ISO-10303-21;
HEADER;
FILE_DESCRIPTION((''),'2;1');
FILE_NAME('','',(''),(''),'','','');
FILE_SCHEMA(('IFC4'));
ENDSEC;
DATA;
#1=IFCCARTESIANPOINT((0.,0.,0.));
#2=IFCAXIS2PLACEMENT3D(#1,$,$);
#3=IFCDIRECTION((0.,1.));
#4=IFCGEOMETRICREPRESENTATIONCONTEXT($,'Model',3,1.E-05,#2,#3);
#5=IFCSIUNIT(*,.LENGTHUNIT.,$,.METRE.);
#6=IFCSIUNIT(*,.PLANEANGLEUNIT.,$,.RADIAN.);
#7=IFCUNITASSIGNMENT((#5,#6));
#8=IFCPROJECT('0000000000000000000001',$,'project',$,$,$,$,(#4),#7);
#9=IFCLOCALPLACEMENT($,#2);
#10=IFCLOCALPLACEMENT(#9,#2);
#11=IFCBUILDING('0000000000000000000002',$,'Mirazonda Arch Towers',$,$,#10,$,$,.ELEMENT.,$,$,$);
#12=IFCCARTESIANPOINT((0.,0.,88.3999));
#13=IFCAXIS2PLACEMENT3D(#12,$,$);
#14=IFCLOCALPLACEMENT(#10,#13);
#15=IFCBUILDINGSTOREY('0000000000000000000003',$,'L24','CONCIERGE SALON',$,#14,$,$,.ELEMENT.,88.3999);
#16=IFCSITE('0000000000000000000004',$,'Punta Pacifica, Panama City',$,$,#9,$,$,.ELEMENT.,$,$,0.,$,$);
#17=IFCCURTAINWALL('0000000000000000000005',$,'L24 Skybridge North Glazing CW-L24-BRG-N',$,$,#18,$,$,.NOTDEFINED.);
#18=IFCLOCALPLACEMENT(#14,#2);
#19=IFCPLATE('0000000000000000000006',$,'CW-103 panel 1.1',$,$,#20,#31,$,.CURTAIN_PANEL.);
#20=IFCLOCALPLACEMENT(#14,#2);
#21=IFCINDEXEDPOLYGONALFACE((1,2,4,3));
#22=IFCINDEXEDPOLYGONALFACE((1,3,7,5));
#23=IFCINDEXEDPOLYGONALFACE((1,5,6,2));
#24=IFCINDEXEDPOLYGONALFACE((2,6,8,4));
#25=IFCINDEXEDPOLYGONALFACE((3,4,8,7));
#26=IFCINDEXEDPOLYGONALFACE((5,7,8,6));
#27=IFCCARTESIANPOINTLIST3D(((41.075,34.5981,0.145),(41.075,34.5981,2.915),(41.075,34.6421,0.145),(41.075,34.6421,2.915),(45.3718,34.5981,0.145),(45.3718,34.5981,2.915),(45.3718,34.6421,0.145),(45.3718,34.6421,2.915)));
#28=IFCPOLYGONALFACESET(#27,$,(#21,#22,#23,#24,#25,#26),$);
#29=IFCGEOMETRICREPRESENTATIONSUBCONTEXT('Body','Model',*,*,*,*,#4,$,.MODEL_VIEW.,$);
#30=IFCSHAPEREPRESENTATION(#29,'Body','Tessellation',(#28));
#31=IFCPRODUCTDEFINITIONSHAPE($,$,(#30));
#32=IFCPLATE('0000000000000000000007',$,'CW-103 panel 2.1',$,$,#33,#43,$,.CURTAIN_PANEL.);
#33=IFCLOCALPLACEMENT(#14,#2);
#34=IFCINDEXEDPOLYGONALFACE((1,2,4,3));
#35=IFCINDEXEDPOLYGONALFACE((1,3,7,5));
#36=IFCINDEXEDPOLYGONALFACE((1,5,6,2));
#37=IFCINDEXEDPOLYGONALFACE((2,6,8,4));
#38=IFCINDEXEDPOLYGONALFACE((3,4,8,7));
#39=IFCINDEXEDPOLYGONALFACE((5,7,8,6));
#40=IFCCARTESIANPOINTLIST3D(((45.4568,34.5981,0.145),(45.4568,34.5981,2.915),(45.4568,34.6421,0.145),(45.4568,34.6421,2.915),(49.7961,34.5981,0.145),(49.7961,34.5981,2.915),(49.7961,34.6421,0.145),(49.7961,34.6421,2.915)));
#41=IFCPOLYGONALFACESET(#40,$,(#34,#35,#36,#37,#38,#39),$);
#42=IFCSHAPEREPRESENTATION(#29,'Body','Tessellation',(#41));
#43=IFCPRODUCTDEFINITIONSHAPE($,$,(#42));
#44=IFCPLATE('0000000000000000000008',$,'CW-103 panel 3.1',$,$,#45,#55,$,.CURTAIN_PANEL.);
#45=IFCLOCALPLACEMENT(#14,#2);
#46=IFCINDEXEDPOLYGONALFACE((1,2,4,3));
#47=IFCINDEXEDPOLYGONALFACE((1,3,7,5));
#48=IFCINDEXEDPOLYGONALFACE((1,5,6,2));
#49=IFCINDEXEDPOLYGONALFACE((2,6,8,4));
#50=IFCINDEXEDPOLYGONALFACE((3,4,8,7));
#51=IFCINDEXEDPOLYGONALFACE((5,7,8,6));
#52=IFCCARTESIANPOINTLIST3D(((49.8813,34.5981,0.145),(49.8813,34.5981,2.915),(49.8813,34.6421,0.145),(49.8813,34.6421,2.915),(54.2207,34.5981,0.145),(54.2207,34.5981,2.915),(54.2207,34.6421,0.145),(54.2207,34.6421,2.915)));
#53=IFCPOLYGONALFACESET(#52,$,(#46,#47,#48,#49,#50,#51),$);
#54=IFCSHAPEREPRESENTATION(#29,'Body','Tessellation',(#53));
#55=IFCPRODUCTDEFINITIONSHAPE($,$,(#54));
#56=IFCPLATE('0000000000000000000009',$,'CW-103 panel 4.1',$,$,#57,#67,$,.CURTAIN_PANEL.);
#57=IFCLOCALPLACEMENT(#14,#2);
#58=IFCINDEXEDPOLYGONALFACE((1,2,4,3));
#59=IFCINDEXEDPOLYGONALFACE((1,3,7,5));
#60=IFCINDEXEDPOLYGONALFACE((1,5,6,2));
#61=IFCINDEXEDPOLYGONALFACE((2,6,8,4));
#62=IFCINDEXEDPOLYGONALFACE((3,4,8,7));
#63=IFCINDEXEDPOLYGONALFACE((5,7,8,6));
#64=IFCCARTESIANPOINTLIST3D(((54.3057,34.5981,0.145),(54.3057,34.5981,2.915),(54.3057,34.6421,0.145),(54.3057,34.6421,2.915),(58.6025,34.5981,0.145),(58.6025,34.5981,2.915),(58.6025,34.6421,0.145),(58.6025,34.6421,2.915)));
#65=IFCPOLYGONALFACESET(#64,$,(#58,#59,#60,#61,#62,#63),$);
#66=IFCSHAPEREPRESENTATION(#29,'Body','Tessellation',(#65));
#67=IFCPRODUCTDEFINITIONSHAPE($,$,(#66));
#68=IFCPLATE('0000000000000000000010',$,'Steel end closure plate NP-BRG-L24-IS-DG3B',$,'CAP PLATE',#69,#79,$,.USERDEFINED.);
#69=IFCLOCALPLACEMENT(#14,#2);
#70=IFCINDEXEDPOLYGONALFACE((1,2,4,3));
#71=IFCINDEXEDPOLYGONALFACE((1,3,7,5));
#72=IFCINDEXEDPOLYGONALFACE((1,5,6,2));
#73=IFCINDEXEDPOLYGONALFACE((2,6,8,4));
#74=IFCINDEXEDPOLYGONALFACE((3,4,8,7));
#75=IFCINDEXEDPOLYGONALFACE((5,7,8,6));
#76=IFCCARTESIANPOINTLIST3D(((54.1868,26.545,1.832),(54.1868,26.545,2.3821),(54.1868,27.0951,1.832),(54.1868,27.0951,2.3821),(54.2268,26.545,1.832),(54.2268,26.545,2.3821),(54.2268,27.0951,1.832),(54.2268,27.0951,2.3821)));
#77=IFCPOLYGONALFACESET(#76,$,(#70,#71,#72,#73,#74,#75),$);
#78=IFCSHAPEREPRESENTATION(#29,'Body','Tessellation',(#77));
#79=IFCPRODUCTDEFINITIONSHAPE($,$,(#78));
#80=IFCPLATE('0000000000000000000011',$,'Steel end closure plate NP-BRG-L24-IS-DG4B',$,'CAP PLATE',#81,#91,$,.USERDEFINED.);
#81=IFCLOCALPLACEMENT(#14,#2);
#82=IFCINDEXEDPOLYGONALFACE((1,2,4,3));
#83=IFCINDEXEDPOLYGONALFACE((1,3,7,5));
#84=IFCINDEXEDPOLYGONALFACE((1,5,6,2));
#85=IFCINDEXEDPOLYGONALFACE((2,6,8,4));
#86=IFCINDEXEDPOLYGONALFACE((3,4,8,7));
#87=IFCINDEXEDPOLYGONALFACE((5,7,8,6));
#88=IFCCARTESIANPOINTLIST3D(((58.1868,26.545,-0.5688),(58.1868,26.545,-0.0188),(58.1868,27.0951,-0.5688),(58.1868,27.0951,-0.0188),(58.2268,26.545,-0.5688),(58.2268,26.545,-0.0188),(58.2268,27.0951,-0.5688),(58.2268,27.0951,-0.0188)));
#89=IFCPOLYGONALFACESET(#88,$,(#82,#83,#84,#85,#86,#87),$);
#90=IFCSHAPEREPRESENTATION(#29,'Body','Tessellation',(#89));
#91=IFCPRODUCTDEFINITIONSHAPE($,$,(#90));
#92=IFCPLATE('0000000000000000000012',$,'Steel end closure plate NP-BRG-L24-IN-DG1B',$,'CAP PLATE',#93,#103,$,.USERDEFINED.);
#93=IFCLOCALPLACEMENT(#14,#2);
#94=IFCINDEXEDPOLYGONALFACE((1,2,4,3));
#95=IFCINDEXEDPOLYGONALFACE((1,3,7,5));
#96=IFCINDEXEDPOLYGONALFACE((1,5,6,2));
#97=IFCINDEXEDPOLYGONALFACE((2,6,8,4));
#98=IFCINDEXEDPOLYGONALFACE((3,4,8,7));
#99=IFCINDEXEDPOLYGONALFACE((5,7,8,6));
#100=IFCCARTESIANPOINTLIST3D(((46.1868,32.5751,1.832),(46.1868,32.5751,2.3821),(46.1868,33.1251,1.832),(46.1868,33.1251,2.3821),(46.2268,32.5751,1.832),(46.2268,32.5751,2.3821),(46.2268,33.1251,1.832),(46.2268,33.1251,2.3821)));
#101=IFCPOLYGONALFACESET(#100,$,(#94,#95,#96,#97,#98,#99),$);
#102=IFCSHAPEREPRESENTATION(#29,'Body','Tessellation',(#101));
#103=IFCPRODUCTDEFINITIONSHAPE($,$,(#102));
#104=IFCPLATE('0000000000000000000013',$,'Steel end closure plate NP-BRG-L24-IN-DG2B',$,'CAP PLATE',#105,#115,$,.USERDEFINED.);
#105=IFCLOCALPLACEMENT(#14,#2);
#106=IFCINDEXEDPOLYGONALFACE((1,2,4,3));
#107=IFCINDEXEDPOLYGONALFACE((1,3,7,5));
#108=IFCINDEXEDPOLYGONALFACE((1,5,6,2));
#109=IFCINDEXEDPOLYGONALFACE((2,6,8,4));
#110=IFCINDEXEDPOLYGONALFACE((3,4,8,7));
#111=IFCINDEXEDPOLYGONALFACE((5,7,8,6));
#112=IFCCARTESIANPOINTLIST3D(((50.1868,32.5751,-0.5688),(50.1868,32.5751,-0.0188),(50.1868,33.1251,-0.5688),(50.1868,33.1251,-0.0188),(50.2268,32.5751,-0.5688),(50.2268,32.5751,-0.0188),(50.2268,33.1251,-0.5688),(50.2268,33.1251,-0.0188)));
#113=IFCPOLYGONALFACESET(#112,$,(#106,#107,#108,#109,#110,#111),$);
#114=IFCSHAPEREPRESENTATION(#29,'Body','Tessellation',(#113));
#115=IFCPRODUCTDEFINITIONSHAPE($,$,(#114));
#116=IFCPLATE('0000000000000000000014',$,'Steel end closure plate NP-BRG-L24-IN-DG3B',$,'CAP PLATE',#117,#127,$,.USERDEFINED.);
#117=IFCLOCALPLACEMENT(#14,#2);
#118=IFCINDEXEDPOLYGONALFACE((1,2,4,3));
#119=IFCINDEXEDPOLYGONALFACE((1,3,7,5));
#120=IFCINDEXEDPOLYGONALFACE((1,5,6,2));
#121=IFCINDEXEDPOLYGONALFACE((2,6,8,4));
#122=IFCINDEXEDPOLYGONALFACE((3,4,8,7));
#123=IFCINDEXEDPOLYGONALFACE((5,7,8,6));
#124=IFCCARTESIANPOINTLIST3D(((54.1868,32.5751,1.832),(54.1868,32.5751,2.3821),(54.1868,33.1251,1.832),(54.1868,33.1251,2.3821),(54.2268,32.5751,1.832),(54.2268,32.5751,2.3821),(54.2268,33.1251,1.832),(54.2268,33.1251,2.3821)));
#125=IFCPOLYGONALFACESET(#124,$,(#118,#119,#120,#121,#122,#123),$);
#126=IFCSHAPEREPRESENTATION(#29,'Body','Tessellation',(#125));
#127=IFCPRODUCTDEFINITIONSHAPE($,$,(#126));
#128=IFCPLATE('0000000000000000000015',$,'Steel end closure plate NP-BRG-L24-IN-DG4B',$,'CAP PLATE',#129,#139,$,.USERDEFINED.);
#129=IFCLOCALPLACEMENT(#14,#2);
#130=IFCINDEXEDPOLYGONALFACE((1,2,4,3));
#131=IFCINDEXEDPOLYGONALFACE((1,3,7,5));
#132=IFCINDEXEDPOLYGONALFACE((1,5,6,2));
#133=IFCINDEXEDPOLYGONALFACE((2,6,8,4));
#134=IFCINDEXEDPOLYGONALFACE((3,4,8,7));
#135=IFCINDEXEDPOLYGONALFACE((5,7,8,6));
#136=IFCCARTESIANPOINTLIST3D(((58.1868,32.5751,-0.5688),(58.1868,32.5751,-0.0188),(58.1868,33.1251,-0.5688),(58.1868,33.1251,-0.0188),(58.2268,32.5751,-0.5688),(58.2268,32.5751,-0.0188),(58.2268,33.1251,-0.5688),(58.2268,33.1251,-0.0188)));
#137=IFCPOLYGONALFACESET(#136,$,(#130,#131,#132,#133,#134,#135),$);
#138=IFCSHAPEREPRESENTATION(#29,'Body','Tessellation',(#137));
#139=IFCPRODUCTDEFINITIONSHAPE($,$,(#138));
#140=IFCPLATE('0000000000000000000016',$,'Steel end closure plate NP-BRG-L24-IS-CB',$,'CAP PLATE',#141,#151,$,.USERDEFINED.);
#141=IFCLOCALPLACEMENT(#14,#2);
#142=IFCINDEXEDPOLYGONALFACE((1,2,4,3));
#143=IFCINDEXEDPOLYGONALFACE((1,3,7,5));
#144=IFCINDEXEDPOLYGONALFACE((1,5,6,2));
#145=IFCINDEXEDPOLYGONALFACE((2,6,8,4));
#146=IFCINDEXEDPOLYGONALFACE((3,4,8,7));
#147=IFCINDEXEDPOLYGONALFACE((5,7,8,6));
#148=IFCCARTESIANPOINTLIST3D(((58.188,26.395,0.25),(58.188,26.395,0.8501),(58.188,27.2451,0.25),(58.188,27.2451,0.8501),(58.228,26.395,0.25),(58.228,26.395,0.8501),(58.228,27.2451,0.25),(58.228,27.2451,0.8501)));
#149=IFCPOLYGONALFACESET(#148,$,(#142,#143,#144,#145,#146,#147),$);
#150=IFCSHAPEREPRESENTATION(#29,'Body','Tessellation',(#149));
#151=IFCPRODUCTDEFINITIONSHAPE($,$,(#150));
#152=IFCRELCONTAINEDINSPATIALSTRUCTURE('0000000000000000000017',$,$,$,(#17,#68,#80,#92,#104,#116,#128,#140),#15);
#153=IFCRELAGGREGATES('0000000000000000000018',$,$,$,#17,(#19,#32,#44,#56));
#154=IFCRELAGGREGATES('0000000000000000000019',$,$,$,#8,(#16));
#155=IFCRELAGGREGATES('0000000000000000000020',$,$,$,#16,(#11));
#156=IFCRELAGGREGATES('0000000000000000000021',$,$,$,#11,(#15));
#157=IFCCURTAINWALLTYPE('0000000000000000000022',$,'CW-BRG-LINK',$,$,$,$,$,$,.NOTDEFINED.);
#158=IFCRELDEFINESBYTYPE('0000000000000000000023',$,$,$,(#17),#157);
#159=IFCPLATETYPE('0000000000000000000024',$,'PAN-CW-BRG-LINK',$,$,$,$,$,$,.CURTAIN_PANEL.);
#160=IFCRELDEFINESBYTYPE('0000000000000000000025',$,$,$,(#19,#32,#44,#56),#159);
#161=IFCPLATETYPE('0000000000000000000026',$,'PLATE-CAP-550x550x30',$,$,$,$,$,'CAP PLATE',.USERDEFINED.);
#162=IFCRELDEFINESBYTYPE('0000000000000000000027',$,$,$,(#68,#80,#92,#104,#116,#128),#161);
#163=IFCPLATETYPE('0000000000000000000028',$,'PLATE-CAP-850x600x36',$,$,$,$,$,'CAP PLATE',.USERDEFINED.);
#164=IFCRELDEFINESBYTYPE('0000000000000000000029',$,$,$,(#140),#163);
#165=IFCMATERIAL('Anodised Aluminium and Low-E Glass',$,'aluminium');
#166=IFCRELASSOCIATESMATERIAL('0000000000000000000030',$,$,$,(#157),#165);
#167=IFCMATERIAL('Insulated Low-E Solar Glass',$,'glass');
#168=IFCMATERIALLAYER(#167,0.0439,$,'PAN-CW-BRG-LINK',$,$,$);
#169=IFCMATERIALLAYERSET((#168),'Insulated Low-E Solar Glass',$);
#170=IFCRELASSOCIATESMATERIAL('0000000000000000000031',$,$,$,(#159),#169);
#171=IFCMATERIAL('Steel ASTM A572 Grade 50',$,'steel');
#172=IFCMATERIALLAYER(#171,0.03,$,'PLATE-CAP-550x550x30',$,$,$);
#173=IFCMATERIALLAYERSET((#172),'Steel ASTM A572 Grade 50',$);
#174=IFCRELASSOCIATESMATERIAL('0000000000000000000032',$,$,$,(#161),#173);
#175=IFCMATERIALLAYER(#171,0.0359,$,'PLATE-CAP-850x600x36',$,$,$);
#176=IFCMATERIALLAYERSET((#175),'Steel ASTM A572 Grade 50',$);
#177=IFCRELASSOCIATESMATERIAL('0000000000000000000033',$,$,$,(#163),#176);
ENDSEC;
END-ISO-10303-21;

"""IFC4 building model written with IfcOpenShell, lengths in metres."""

from ifc_helpers import new_model, si_unit, direction, frame, origin, origin_2d, place, context, subcontext, project, spatial, rectangle, extrude, material, layer, layer_set, type_object, element, aggregate, save


model = new_model("IFC4")

# Units and contexts
model_context = context("Model", 3, precision=1e-05, world=origin(), true_north=direction((0.0, 1.0)))
body_context = subcontext(model_context, "Body", "Model", "MODEL_VIEW")
ifc_project = project(units=[si_unit("LENGTHUNIT", "METRE"), si_unit("PLANEANGLEUNIT", "RADIAN")], contexts=[model_context])

# Site, building, storey
site_placement = place(None, origin())
site = spatial("IfcSite", under=ifc_project, at=site_placement, Name="Punta Pacifica, Panama City", CompositionType="ELEMENT", RefElevation=0.0)
building_placement = place(site_placement, origin())
building = spatial("IfcBuilding", under=site, at=building_placement, Name="Mirazonda Arch Towers", CompositionType="ELEMENT")
storey_placement = place(building_placement, frame((0.0, 0.0, 88.3999)))
storey = spatial("IfcBuildingStorey", under=building, at=storey_placement, Name="L24", Description="CONCIERGE SALON", CompositionType="ELEMENT", Elevation=88.3999)

# Shared definitions
ifc_material_1 = material(Name="Steel ASTM A572 Grade 50", Category="steel")

# Curtain wall, plates
ifc_material_2 = material(Name="Anodised Aluminium and Low-E Glass", Category="aluminium")
curtain_wall_type = type_object("IfcCurtainWallType", Name="CW-BRG-LINK", PredefinedType="NOTDEFINED", material=ifc_material_2)
curtain_wall_placement = place(storey_placement, origin())
curtain_wall = element("IfcCurtainWall", 1, at=curtain_wall_placement, inside=storey, type_object=curtain_wall_type, Name="L24 Skybridge North Glazing CW-L24-BRG-N", PredefinedType="NOTDEFINED")
ifc_material_3 = material(Name="Insulated Low-E Solar Glass", Category="glass")
ifc_layer_1 = layer(ifc_material_3, 0.0439, Name="PAN-CW-BRG-LINK")
ifc_layer_set_1 = layer_set([ifc_layer_1], Name="Insulated Low-E Solar Glass")
plate_type_1 = type_object("IfcPlateType", Name="PAN-CW-BRG-LINK", PredefinedType="CURTAIN_PANEL", material=ifc_layer_set_1)
plate_1_placement = place(storey_placement, frame((43.2234, 34.6201, 0.145), z_axis=(0.0, 0.0, 1.0), x_axis=(1.0, 0.0, 0.0)))
plate_1 = element("IfcPlate", 2, at=plate_1_placement, type_object=plate_type_1, Name="CW-103 panel 1.1", PredefinedType="CURTAIN_PANEL", context=body_context, shape_type="SweptSolid", body=[
    extrude(rectangle(XDim=4.2969, YDim=0.0439, at=origin_2d()), origin(), (0.0, 0.0, 1.0), 2.77),
])
plate_2_placement = place(storey_placement, frame((47.6265, 34.6201, 0.145), z_axis=(0.0, 0.0, 1.0), x_axis=(1.0, 0.0, 0.0)))
plate_2 = element("IfcPlate", 3, at=plate_2_placement, type_object=plate_type_1, Name="CW-103 panel 2.1", PredefinedType="CURTAIN_PANEL", context=body_context, shape_type="SweptSolid", body=[
    extrude(rectangle(XDim=4.3394, YDim=0.0439, at=origin_2d()), origin(), (0.0, 0.0, 1.0), 2.77),
])
plate_3_placement = place(storey_placement, frame((52.051, 34.6201, 0.145), z_axis=(0.0, 0.0, 1.0), x_axis=(1.0, 0.0, 0.0)))
plate_3 = element("IfcPlate", 4, at=plate_3_placement, type_object=plate_type_1, Name="CW-103 panel 3.1", PredefinedType="CURTAIN_PANEL", context=body_context, shape_type="SweptSolid", body=[
    extrude(rectangle(XDim=4.3394, YDim=0.0439, at=origin_2d()), origin(), (0.0, 0.0, 1.0), 2.77),
])
plate_4_placement = place(storey_placement, frame((56.4541, 34.6201, 0.145), z_axis=(0.0, 0.0, 1.0), x_axis=(1.0, 0.0, 0.0)))
plate_4 = element("IfcPlate", 5, at=plate_4_placement, type_object=plate_type_1, Name="CW-103 panel 4.1", PredefinedType="CURTAIN_PANEL", context=body_context, shape_type="SweptSolid", body=[
    extrude(rectangle(XDim=4.2969, YDim=0.0439, at=origin_2d()), origin(), (0.0, 0.0, 1.0), 2.77),
])
aggregate(curtain_wall, [plate_1, plate_2, plate_3, plate_4])

# Plates
ifc_layer_2 = layer(ifc_material_1, 0.03, Name="PLATE-CAP-550x550x30")
ifc_layer_set_2 = layer_set([ifc_layer_2], Name="Steel ASTM A572 Grade 50")
plate_type_2 = type_object("IfcPlateType", Name="PLATE-CAP-550x550x30", ElementType="CAP PLATE", PredefinedType="USERDEFINED", material=ifc_layer_set_2)
for number, where, z_axis, x_axis, name in (
    (6, (54.2068, 26.8201, 1.832), (0.0, 0.0, 1.0), (1.0, 0.0, 0.0), "Steel end closure plate NP-BRG-L24-IS-DG3B"),
    (7, (58.2068, 26.8201, -0.5688), (0.0, 0.0, 1.0), (1.0, 0.0, 0.0), "Steel end closure plate NP-BRG-L24-IS-DG4B"),
    (8, (46.2068, 32.8501, 1.832), (0.0, 0.0, 1.0), (1.0, 0.0, 0.0), "Steel end closure plate NP-BRG-L24-IN-DG1B"),
    (9, (50.2068, 32.8501, -0.5688), (0.0, 0.0, 1.0), (1.0, 0.0, 0.0), "Steel end closure plate NP-BRG-L24-IN-DG2B"),
    (10, (54.2068, 32.8501, 1.832), (0.0, 0.0, 1.0), (1.0, 0.0, 0.0), "Steel end closure plate NP-BRG-L24-IN-DG3B"),
    (11, (58.2068, 32.8501, -0.5688), (0.0, 0.0, 1.0), (1.0, 0.0, 0.0), "Steel end closure plate NP-BRG-L24-IN-DG4B"),
):
    element("IfcPlate", number, at=place(storey_placement, frame(where, z_axis=z_axis, x_axis=x_axis)), inside=storey, type_object=plate_type_2, Name=name, ObjectType="CAP PLATE", PredefinedType="USERDEFINED", context=body_context, shape_type="SweptSolid", body=[
        extrude(rectangle(XDim=0.04, YDim=0.55, at=origin_2d()), origin(), (0.0, 0.0, 1.0), 0.55),
    ])
ifc_layer_3 = layer(ifc_material_1, 0.0359, Name="PLATE-CAP-850x600x36")
ifc_layer_set_3 = layer_set([ifc_layer_3], Name="Steel ASTM A572 Grade 50")
plate_type_3 = type_object("IfcPlateType", Name="PLATE-CAP-850x600x36", ElementType="CAP PLATE", PredefinedType="USERDEFINED", material=ifc_layer_set_3)
plate_5_placement = place(storey_placement, frame((58.208, 26.8201, 0.25), z_axis=(0.0, 0.0, 1.0), x_axis=(1.0, 0.0, 0.0)))
element("IfcPlate", 12, at=plate_5_placement, inside=storey, type_object=plate_type_3, Name="Steel end closure plate NP-BRG-L24-IS-CB", ObjectType="CAP PLATE", PredefinedType="USERDEFINED", context=body_context, shape_type="SweptSolid", body=[
    extrude(rectangle(XDim=0.04, YDim=0.8501, at=origin_2d()), origin(), (0.0, 0.0, 1.0), 0.6001),
])

save(model, "model.ifc")
